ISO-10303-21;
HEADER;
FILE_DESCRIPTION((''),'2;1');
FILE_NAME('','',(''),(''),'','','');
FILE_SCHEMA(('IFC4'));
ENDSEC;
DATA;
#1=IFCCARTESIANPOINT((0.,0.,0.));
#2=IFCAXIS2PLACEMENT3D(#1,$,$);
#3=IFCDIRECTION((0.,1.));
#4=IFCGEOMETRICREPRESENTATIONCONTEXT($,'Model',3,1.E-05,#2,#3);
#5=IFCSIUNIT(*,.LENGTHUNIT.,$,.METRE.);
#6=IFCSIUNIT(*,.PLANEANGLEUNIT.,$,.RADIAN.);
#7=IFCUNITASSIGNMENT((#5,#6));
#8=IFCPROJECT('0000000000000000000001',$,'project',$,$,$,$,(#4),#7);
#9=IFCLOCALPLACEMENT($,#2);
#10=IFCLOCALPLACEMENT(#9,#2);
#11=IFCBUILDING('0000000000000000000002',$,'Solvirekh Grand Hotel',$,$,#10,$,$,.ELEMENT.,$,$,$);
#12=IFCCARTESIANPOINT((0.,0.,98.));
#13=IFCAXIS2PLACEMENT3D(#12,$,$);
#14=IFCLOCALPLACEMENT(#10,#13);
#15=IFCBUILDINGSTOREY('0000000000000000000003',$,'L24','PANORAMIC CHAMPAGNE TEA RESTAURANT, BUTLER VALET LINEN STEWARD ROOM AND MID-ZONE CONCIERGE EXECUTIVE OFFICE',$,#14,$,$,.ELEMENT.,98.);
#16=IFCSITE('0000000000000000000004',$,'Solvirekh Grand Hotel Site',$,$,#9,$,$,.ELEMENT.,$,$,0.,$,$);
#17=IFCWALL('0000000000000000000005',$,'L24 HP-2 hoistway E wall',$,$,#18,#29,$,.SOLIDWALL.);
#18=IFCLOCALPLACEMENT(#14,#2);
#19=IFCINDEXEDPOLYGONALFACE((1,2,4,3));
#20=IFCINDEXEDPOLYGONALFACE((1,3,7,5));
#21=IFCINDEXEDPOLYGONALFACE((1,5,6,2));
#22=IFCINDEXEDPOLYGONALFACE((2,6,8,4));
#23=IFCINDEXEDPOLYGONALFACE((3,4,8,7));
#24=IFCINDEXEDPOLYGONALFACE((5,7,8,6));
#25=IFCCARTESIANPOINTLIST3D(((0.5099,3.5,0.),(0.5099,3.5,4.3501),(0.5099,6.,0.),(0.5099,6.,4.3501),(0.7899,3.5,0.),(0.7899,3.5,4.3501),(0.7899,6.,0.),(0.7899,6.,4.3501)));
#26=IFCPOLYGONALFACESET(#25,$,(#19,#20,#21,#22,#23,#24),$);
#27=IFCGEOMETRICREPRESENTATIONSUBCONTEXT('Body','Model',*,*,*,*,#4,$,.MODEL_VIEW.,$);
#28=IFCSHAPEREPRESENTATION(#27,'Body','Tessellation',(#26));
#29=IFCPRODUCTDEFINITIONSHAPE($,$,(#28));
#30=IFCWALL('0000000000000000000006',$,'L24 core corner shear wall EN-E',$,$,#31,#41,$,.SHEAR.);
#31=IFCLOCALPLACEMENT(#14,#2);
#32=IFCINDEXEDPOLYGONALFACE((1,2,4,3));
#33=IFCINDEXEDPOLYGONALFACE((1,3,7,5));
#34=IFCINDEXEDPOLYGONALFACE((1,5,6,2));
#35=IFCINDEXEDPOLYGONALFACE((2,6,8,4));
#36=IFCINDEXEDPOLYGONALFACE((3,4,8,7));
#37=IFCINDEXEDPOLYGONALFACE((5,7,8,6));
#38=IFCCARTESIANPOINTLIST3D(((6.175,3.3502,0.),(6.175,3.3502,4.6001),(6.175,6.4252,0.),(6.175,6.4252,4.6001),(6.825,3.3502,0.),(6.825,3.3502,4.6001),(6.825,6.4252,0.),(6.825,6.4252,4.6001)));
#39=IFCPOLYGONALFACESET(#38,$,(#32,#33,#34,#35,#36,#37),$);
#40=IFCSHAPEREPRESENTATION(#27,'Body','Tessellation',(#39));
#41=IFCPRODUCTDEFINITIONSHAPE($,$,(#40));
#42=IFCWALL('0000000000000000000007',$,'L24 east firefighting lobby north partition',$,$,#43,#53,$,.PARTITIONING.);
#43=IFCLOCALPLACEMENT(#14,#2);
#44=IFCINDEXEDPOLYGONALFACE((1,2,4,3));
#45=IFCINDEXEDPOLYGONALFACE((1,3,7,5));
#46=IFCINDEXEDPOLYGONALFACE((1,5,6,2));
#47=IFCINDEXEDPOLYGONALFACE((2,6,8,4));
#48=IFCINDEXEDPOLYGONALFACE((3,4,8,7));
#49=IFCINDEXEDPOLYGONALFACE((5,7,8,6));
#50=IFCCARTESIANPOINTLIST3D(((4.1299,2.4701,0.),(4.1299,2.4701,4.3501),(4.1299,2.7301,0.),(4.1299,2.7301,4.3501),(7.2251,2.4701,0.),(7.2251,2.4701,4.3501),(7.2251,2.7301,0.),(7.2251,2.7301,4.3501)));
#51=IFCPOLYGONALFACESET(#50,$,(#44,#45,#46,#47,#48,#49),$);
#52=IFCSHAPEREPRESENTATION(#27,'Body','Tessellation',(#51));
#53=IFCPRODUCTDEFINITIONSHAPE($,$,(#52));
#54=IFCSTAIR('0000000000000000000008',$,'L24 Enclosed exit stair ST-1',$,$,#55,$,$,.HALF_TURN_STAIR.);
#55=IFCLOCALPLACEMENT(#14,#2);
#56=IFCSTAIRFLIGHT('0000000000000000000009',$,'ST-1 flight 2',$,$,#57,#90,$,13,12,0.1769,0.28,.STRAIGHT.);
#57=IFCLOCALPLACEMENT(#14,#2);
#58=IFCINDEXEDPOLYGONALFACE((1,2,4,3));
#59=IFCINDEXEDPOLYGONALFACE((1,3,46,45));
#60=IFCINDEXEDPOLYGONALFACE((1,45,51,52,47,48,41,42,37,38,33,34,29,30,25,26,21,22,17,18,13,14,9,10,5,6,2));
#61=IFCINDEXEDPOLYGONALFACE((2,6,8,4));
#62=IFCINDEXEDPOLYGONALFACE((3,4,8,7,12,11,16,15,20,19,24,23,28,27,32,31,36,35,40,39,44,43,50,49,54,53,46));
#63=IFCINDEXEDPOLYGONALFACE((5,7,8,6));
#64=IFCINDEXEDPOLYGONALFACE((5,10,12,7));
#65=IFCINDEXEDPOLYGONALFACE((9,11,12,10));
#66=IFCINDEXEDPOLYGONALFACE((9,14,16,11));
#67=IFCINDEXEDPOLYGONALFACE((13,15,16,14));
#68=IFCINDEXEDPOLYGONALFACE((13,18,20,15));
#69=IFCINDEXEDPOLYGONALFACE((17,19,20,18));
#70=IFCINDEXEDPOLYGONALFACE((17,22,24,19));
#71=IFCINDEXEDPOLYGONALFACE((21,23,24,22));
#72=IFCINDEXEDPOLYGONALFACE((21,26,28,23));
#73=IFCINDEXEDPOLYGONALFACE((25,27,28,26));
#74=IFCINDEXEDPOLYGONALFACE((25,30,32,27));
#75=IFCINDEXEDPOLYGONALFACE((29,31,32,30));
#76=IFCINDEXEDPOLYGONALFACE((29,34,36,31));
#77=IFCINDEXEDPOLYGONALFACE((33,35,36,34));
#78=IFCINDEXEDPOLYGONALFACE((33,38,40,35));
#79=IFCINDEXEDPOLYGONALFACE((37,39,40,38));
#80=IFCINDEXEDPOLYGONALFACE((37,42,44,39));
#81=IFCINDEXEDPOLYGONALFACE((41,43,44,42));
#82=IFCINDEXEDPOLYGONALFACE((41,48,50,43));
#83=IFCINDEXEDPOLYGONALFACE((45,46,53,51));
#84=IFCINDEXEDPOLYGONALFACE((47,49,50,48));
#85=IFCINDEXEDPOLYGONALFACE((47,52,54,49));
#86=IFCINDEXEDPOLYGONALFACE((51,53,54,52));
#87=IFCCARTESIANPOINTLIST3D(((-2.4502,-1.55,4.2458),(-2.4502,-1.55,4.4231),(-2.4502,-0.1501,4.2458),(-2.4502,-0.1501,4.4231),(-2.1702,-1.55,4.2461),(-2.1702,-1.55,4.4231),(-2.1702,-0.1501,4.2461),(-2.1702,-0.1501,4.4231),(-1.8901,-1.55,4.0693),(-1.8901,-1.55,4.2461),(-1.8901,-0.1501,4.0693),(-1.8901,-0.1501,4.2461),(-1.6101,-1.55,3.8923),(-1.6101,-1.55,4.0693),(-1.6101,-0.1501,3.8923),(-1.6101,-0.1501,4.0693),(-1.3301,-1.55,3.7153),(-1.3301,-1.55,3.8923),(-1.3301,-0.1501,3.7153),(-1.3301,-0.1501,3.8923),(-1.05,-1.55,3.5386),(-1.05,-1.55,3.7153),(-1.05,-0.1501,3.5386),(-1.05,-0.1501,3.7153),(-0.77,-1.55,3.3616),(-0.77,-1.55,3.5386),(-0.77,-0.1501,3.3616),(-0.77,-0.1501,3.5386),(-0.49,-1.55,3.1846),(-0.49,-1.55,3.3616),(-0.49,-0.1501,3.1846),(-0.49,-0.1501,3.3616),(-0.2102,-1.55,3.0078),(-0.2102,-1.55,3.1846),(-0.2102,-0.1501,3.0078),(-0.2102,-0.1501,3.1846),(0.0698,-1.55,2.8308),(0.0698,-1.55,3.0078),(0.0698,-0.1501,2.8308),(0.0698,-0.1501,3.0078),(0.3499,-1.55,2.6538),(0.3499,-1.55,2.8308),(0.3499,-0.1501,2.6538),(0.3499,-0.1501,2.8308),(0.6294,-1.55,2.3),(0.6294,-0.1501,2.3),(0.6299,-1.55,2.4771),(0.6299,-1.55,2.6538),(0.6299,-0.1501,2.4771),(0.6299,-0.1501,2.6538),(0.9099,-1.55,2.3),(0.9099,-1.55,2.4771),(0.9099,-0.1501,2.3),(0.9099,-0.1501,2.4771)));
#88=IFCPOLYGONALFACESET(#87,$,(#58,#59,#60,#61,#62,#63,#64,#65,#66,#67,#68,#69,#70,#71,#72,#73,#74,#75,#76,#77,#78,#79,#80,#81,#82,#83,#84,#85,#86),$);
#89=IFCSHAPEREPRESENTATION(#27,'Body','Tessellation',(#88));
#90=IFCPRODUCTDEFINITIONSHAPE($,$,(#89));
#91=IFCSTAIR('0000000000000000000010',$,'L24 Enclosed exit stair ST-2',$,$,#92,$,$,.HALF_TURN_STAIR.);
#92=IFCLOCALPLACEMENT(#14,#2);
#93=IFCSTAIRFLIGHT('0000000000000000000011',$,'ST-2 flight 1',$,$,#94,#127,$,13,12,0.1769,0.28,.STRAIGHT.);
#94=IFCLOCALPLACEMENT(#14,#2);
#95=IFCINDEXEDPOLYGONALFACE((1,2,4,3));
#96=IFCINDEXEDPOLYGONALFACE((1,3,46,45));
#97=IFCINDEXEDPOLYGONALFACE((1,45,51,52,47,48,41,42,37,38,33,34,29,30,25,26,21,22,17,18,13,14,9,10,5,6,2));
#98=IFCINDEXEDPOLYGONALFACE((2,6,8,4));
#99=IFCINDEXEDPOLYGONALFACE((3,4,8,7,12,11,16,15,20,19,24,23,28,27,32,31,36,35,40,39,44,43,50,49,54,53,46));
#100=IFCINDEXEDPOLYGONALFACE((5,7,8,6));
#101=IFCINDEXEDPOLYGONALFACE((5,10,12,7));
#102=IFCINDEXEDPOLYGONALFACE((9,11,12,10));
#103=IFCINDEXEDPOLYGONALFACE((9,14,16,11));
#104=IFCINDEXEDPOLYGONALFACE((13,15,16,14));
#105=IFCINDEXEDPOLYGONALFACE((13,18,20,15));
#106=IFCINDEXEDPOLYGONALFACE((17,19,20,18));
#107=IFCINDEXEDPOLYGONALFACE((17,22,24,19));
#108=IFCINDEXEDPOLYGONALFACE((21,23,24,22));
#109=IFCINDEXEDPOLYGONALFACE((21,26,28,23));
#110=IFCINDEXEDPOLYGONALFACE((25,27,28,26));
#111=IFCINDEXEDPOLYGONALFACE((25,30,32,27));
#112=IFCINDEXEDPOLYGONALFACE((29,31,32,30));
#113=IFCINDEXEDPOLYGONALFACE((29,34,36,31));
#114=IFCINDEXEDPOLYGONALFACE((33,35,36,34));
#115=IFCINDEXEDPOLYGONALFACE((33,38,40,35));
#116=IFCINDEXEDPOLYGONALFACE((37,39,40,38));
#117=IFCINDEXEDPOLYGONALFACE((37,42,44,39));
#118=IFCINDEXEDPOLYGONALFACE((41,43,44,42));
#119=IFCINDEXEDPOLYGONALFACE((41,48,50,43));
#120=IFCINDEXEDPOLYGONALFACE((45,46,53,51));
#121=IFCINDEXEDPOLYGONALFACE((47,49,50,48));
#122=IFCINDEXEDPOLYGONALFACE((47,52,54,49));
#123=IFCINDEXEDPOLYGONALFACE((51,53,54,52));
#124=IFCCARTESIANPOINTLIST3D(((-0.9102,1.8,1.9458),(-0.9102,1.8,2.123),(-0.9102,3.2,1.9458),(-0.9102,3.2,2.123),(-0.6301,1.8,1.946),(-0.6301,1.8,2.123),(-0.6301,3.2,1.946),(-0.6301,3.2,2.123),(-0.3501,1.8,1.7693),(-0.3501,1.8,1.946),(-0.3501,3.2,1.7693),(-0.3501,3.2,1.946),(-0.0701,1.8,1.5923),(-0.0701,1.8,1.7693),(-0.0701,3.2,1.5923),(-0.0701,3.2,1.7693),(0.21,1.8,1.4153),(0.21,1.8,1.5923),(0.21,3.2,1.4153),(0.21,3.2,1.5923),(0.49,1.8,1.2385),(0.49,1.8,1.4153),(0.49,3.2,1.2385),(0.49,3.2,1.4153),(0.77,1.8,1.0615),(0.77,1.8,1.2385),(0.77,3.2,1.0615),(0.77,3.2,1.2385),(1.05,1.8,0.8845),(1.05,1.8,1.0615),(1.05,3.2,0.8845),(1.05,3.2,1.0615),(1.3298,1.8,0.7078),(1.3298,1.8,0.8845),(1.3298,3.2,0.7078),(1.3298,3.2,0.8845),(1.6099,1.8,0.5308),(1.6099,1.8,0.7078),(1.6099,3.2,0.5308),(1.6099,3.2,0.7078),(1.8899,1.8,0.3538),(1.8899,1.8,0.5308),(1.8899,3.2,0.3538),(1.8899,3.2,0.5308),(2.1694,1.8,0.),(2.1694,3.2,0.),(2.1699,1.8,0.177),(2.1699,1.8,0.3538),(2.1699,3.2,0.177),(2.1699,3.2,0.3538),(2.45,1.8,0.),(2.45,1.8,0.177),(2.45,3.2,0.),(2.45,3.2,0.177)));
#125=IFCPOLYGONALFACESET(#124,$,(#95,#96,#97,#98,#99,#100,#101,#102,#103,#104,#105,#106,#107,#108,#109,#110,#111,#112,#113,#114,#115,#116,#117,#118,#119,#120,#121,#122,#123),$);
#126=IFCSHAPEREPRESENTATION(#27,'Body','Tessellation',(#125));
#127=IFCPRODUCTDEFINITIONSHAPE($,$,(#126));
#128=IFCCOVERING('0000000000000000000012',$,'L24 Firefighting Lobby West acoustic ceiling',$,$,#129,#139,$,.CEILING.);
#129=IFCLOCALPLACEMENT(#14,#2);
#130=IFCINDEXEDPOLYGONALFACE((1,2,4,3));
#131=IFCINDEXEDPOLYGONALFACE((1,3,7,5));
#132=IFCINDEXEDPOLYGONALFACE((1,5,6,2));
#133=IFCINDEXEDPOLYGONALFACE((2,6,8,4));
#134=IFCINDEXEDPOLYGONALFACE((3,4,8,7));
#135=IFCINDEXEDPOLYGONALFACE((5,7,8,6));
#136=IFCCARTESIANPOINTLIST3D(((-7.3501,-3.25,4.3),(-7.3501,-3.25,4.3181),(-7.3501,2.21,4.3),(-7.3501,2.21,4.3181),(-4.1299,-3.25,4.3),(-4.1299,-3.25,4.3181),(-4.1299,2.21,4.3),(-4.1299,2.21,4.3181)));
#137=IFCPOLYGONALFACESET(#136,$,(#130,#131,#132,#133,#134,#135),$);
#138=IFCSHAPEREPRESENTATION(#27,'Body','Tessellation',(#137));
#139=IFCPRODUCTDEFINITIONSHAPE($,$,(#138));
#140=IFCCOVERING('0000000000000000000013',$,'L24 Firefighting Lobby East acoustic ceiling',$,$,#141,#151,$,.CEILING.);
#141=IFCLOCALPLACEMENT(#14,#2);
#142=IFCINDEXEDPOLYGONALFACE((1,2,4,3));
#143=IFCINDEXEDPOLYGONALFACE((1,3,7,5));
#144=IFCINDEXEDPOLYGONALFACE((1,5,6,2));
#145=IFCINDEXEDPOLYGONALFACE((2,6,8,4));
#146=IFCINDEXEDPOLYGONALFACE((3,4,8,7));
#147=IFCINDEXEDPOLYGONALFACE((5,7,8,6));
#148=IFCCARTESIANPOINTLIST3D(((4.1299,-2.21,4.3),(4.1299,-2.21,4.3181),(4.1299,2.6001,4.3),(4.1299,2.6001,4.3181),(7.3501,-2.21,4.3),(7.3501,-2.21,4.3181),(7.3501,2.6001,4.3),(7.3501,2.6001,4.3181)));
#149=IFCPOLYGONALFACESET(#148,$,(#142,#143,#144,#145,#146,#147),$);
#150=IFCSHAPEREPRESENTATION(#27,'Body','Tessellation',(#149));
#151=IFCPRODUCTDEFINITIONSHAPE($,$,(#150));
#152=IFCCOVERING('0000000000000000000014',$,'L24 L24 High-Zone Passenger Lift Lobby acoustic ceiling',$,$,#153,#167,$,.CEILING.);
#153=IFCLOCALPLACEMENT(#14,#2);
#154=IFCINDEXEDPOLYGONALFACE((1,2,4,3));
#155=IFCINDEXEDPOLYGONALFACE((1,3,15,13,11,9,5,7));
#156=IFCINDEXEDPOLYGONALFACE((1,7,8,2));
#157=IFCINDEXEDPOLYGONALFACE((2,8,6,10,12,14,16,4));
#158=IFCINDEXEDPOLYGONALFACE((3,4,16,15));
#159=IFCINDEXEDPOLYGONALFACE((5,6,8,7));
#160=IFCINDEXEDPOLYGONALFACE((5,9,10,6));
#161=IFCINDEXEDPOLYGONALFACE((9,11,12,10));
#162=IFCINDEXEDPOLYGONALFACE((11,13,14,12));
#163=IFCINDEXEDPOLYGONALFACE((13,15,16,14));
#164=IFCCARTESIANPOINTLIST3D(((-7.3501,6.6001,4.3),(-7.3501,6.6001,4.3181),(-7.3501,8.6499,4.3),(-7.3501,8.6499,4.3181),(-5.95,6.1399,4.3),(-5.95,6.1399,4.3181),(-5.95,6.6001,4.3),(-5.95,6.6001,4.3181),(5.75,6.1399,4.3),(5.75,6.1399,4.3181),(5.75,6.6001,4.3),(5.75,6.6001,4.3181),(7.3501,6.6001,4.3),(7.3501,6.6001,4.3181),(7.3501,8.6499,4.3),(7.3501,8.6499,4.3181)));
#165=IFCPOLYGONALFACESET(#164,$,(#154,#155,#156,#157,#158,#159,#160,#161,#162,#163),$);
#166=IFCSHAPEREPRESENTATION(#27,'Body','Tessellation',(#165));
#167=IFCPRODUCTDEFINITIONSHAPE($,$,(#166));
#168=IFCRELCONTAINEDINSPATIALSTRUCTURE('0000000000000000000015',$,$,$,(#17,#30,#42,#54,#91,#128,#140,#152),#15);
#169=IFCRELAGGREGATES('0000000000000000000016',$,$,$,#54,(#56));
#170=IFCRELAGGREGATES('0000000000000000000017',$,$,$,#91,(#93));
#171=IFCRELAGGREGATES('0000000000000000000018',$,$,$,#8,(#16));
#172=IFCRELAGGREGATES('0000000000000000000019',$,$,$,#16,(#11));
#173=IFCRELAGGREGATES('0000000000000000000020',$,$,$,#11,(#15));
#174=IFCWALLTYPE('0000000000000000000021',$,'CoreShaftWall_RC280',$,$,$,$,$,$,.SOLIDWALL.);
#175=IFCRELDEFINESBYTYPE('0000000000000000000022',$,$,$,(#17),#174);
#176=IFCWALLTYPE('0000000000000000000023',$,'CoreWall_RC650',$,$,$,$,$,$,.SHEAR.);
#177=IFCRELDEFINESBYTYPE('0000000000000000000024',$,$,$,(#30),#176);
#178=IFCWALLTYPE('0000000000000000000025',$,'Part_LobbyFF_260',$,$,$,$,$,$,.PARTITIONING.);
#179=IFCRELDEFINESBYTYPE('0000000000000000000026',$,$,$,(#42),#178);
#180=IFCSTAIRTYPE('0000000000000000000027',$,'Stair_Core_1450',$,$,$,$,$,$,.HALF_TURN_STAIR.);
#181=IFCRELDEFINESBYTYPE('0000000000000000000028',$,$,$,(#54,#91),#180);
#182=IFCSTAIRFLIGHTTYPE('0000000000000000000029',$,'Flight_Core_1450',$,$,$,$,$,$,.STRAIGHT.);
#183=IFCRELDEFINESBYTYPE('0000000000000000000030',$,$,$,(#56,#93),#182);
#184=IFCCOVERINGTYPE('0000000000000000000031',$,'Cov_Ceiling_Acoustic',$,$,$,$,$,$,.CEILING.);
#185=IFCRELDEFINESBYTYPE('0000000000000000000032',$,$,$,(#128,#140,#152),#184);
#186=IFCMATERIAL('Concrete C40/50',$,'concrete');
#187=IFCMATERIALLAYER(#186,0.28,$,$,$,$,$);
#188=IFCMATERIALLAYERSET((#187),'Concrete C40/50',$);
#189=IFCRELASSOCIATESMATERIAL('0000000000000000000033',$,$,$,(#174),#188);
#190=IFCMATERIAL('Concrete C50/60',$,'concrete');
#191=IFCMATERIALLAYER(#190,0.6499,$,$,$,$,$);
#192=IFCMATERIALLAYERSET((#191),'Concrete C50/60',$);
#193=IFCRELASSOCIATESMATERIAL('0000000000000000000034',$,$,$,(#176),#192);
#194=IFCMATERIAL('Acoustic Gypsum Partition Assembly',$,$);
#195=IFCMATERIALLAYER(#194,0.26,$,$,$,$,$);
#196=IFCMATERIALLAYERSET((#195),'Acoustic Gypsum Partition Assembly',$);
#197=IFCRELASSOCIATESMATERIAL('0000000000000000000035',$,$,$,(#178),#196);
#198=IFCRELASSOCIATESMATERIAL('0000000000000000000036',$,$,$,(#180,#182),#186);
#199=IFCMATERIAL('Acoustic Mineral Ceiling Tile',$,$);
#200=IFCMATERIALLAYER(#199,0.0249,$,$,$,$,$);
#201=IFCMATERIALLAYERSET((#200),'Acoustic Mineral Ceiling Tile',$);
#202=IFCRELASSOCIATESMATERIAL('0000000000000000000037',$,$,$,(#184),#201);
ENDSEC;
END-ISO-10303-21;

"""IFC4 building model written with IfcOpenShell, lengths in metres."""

from ifc_helpers import new_model, si_unit, direction, frame, frame_2d, origin, place, context, subcontext, project, spatial, polyline, rectangle, outline, extrude, material, layer, layer_set, type_object, element, aggregate, save


model = new_model("IFC4")

# Units and contexts
model_context = context("Model", 3, precision=1e-05, world=origin(), true_north=direction((0.0, 1.0)))
body_context = subcontext(model_context, "Body", "Model", "MODEL_VIEW")
ifc_project = project(units=[si_unit("LENGTHUNIT", "METRE"), si_unit("PLANEANGLEUNIT", "RADIAN")], contexts=[model_context])

# Site, building, storey
site_placement = place(None, origin())
site = spatial("IfcSite", under=ifc_project, at=site_placement, Name="Solvirekh Grand Hotel Site", CompositionType="ELEMENT", RefElevation=0.0)
building_placement = place(site_placement, origin())
building = spatial("IfcBuilding", under=site, at=building_placement, Name="Solvirekh Grand Hotel", CompositionType="ELEMENT")
storey_placement = place(building_placement, frame((0.0, 0.0, 98.0)))
storey = spatial("IfcBuildingStorey", under=building, at=storey_placement, Name="L24", Description="PANORAMIC CHAMPAGNE TEA RESTAURANT, BUTLER VALET LINEN STEWARD ROOM AND MID-ZONE CONCIERGE EXECUTIVE OFFICE", CompositionType="ELEMENT", Elevation=98.0)

# Walls
ifc_material_1 = material(Name="Concrete C40/50", Category="concrete")
ifc_layer_1 = layer(ifc_material_1, 0.28)
ifc_layer_set_1 = layer_set([ifc_layer_1], Name="Concrete C40/50")
wall_type_1 = type_object("IfcWallType", Name="CoreShaftWall_RC280", PredefinedType="SOLIDWALL", material=ifc_layer_set_1)
wall_1_placement = place(storey_placement, frame((0.6499, 3.5, 0.0), z_axis=(0.0, 0.0, 1.0), x_axis=(0.0, 1.0, 0.0)))
element("IfcWall", 1, at=wall_1_placement, inside=storey, type_object=wall_type_1, Name="L24 HP-2 hoistway E wall", PredefinedType="SOLIDWALL", context=body_context, shape_type="SweptSolid", body=[
    extrude(rectangle(XDim=2.5, YDim=0.28, at=frame_2d((1.25, 0.0))), origin(), (0.0, 0.0, 1.0), 4.3501),
])
ifc_material_2 = material(Name="Concrete C50/60", Category="concrete")
ifc_layer_2 = layer(ifc_material_2, 0.6499)
ifc_layer_set_2 = layer_set([ifc_layer_2], Name="Concrete C50/60")
wall_type_2 = type_object("IfcWallType", Name="CoreWall_RC650", PredefinedType="SHEAR", material=ifc_layer_set_2)
wall_2_placement = place(storey_placement, frame((6.5, 3.3501, 0.0), z_axis=(0.0, 0.0, 1.0), x_axis=(0.0, 1.0, 0.0)))
element("IfcWall", 2, at=wall_2_placement, inside=storey, type_object=wall_type_2, Name="L24 core corner shear wall EN-E", PredefinedType="SHEAR", context=body_context, shape_type="SweptSolid", body=[
    extrude(rectangle(XDim=3.075, YDim=0.6499, at=frame_2d((1.5376, 0.0))), origin(), (0.0, 0.0, 1.0), 4.6001),
])
ifc_material_3 = material(Name="Acoustic Gypsum Partition Assembly")
ifc_layer_3 = layer(ifc_material_3, 0.26)
ifc_layer_set_3 = layer_set([ifc_layer_3], Name="Acoustic Gypsum Partition Assembly")
wall_type_3 = type_object("IfcWallType", Name="Part_LobbyFF_260", PredefinedType="PARTITIONING", material=ifc_layer_set_3)
wall_3_placement = place(storey_placement, frame((4.1299, 2.6001, 0.0), z_axis=(0.0, 0.0, 1.0), x_axis=(1.0, 0.0, 0.0)))
element("IfcWall", 3, at=wall_3_placement, inside=storey, type_object=wall_type_3, Name="L24 east firefighting lobby north partition", PredefinedType="PARTITIONING", context=body_context, shape_type="SweptSolid", body=[
    extrude(rectangle(XDim=3.0952, YDim=0.26, at=frame_2d((1.5476, 0.0))), origin(), (0.0, 0.0, 1.0), 4.3501),
])

# Stairs, stair flights
stair_type = type_object("IfcStairType", Name="Stair_Core_1450", PredefinedType="HALF_TURN_STAIR", material=ifc_material_1)
stair_1_placement = place(storey_placement, origin())
stair_1 = element("IfcStair", 4, at=stair_1_placement, inside=storey, type_object=stair_type, Name="L24 Enclosed exit stair ST-1", PredefinedType="HALF_TURN_STAIR")
stair_flight_type = type_object("IfcStairFlightType", Name="Flight_Core_1450", PredefinedType="STRAIGHT", material=ifc_material_1)
stair_flight_1_placement = place(storey_placement, frame((0.9099, -0.8501, 2.3), z_axis=(0.0, 0.0, 1.0), x_axis=(-1.0, 0.0, 0.0)))
stair_flight_1 = element("IfcStairFlight", 5, at=stair_flight_1_placement, type_object=stair_flight_type, Name="ST-1 flight 2", NumberOfRisers=13, NumberOfTreads=12, PredefinedType="STRAIGHT", RiserHeight=0.1769, TreadLength=0.28, context=body_context, shape_type="SweptSolid", body=[
    extrude(outline(polyline([(0.0, 0.0), (0.0, 0.177), (0.28, 0.177), (0.28, 0.3538), (0.5601, 0.3538), (0.5601, 0.5308), (0.8401, 0.5308), (0.8401, 0.7078), (1.1201, 0.7078), (1.1201, 0.8845), (1.3999, 0.8845), (1.3999, 1.0615), (1.6799, 1.0615), (1.6799, 1.2385), (1.96, 1.2385), (1.96, 1.4153), (2.24, 1.4153), (2.24, 1.5923), (2.52, 1.5923), (2.52, 1.7693), (2.8, 1.7693), (2.8, 1.946), (3.0801, 1.946), (3.0801, 2.123), (3.3601, 2.123), (3.3601, 2.3), (3.3601, 1.9458), (0.2805, 0.0), (0.0, 0.0)])), frame((0.0, 0.7, 0.0), z_axis=(0.0, -1.0, 0.0), x_axis=(1.0, 0.0, 0.0)), (0.0, 0.0, 1.0), 1.3999),
])
aggregate(stair_1, [stair_flight_1])
stair_2_placement = place(storey_placement, origin())
stair_2 = element("IfcStair", 6, at=stair_2_placement, inside=storey, type_object=stair_type, Name="L24 Enclosed exit stair ST-2", PredefinedType="HALF_TURN_STAIR")
stair_flight_2_placement = place(storey_placement, frame((2.45, 2.5, 0.0), z_axis=(0.0, 0.0, 1.0), x_axis=(-1.0, 0.0, 0.0)))
stair_flight_2 = element("IfcStairFlight", 7, at=stair_flight_2_placement, type_object=stair_flight_type, Name="ST-2 flight 1", NumberOfRisers=13, NumberOfTreads=12, PredefinedType="STRAIGHT", RiserHeight=0.1769, TreadLength=0.28, context=body_context, shape_type="SweptSolid", body=[
    extrude(outline(polyline([(0.0, 0.0), (0.0, 0.177), (0.28, 0.177), (0.28, 0.3538), (0.5601, 0.3538), (0.5601, 0.5308), (0.8401, 0.5308), (0.8401, 0.7078), (1.1201, 0.7078), (1.1201, 0.8845), (1.3999, 0.8845), (1.3999, 1.0615), (1.6799, 1.0615), (1.6799, 1.2385), (1.96, 1.2385), (1.96, 1.4153), (2.24, 1.4153), (2.24, 1.5923), (2.52, 1.5923), (2.52, 1.7693), (2.8, 1.7693), (2.8, 1.946), (3.0801, 1.946), (3.0801, 2.123), (3.3601, 2.123), (3.3601, 2.3), (3.3601, 1.9458), (0.2805, 0.0), (0.0, 0.0)])), frame((0.0, 0.7, 0.0), z_axis=(0.0, -1.0, 0.0), x_axis=(1.0, 0.0, 0.0)), (0.0, 0.0, 1.0), 1.3999),
])
aggregate(stair_2, [stair_flight_2])

# Coverings
ifc_material_4 = material(Name="Acoustic Mineral Ceiling Tile")
ifc_layer_4 = layer(ifc_material_4, 0.0249)
ifc_layer_set_4 = layer_set([ifc_layer_4], Name="Acoustic Mineral Ceiling Tile")
covering_type_1 = type_object("IfcCoveringType", Name="Cov_Ceiling_Acoustic", PredefinedType="CEILING", material=ifc_layer_set_4)
covering_1_placement = place(storey_placement, frame((0.0, 0.0, 4.3)))
element("IfcCovering", 8, at=covering_1_placement, inside=storey, type_object=covering_type_1, Name="L24 Firefighting Lobby West acoustic ceiling", PredefinedType="CEILING", context=body_context, shape_type="SweptSolid", body=[
    extrude(outline(polyline([(-7.3501, -3.25), (-4.1299, -3.25), (-4.1299, 2.21), (-7.3501, 2.21), (-7.3501, -3.25)])), origin(), (0.0, 0.0, 1.0), 0.0181),
])
covering_2_placement = place(storey_placement, frame((0.0, 0.0, 4.3)))
element("IfcCovering", 9, at=covering_2_placement, inside=storey, type_object=covering_type_1, Name="L24 Firefighting Lobby East acoustic ceiling", PredefinedType="CEILING", context=body_context, shape_type="SweptSolid", body=[
    extrude(outline(polyline([(4.1299, -2.21), (7.3501, -2.21), (7.3501, 2.6001), (4.1299, 2.6001), (4.1299, -2.21)])), origin(), (0.0, 0.0, 1.0), 0.0181),
])
covering_3_placement = place(storey_placement, frame((0.0, 0.0, 4.3)))
element("IfcCovering", 10, at=covering_3_placement, inside=storey, type_object=covering_type_1, Name="L24 L24 High-Zone Passenger Lift Lobby acoustic ceiling", PredefinedType="CEILING", context=body_context, shape_type="SweptSolid", body=[
    extrude(outline(polyline([(-7.3501, 6.6001), (-5.95, 6.6001), (-5.95, 6.1399), (5.75, 6.1399), (5.75, 6.6001), (7.3501, 6.6001), (7.3501, 8.6499), (-7.3501, 8.6499), (-7.3501, 6.6001)])), origin(), (0.0, 0.0, 1.0), 0.0181),
])

save(model, "model.ifc")
